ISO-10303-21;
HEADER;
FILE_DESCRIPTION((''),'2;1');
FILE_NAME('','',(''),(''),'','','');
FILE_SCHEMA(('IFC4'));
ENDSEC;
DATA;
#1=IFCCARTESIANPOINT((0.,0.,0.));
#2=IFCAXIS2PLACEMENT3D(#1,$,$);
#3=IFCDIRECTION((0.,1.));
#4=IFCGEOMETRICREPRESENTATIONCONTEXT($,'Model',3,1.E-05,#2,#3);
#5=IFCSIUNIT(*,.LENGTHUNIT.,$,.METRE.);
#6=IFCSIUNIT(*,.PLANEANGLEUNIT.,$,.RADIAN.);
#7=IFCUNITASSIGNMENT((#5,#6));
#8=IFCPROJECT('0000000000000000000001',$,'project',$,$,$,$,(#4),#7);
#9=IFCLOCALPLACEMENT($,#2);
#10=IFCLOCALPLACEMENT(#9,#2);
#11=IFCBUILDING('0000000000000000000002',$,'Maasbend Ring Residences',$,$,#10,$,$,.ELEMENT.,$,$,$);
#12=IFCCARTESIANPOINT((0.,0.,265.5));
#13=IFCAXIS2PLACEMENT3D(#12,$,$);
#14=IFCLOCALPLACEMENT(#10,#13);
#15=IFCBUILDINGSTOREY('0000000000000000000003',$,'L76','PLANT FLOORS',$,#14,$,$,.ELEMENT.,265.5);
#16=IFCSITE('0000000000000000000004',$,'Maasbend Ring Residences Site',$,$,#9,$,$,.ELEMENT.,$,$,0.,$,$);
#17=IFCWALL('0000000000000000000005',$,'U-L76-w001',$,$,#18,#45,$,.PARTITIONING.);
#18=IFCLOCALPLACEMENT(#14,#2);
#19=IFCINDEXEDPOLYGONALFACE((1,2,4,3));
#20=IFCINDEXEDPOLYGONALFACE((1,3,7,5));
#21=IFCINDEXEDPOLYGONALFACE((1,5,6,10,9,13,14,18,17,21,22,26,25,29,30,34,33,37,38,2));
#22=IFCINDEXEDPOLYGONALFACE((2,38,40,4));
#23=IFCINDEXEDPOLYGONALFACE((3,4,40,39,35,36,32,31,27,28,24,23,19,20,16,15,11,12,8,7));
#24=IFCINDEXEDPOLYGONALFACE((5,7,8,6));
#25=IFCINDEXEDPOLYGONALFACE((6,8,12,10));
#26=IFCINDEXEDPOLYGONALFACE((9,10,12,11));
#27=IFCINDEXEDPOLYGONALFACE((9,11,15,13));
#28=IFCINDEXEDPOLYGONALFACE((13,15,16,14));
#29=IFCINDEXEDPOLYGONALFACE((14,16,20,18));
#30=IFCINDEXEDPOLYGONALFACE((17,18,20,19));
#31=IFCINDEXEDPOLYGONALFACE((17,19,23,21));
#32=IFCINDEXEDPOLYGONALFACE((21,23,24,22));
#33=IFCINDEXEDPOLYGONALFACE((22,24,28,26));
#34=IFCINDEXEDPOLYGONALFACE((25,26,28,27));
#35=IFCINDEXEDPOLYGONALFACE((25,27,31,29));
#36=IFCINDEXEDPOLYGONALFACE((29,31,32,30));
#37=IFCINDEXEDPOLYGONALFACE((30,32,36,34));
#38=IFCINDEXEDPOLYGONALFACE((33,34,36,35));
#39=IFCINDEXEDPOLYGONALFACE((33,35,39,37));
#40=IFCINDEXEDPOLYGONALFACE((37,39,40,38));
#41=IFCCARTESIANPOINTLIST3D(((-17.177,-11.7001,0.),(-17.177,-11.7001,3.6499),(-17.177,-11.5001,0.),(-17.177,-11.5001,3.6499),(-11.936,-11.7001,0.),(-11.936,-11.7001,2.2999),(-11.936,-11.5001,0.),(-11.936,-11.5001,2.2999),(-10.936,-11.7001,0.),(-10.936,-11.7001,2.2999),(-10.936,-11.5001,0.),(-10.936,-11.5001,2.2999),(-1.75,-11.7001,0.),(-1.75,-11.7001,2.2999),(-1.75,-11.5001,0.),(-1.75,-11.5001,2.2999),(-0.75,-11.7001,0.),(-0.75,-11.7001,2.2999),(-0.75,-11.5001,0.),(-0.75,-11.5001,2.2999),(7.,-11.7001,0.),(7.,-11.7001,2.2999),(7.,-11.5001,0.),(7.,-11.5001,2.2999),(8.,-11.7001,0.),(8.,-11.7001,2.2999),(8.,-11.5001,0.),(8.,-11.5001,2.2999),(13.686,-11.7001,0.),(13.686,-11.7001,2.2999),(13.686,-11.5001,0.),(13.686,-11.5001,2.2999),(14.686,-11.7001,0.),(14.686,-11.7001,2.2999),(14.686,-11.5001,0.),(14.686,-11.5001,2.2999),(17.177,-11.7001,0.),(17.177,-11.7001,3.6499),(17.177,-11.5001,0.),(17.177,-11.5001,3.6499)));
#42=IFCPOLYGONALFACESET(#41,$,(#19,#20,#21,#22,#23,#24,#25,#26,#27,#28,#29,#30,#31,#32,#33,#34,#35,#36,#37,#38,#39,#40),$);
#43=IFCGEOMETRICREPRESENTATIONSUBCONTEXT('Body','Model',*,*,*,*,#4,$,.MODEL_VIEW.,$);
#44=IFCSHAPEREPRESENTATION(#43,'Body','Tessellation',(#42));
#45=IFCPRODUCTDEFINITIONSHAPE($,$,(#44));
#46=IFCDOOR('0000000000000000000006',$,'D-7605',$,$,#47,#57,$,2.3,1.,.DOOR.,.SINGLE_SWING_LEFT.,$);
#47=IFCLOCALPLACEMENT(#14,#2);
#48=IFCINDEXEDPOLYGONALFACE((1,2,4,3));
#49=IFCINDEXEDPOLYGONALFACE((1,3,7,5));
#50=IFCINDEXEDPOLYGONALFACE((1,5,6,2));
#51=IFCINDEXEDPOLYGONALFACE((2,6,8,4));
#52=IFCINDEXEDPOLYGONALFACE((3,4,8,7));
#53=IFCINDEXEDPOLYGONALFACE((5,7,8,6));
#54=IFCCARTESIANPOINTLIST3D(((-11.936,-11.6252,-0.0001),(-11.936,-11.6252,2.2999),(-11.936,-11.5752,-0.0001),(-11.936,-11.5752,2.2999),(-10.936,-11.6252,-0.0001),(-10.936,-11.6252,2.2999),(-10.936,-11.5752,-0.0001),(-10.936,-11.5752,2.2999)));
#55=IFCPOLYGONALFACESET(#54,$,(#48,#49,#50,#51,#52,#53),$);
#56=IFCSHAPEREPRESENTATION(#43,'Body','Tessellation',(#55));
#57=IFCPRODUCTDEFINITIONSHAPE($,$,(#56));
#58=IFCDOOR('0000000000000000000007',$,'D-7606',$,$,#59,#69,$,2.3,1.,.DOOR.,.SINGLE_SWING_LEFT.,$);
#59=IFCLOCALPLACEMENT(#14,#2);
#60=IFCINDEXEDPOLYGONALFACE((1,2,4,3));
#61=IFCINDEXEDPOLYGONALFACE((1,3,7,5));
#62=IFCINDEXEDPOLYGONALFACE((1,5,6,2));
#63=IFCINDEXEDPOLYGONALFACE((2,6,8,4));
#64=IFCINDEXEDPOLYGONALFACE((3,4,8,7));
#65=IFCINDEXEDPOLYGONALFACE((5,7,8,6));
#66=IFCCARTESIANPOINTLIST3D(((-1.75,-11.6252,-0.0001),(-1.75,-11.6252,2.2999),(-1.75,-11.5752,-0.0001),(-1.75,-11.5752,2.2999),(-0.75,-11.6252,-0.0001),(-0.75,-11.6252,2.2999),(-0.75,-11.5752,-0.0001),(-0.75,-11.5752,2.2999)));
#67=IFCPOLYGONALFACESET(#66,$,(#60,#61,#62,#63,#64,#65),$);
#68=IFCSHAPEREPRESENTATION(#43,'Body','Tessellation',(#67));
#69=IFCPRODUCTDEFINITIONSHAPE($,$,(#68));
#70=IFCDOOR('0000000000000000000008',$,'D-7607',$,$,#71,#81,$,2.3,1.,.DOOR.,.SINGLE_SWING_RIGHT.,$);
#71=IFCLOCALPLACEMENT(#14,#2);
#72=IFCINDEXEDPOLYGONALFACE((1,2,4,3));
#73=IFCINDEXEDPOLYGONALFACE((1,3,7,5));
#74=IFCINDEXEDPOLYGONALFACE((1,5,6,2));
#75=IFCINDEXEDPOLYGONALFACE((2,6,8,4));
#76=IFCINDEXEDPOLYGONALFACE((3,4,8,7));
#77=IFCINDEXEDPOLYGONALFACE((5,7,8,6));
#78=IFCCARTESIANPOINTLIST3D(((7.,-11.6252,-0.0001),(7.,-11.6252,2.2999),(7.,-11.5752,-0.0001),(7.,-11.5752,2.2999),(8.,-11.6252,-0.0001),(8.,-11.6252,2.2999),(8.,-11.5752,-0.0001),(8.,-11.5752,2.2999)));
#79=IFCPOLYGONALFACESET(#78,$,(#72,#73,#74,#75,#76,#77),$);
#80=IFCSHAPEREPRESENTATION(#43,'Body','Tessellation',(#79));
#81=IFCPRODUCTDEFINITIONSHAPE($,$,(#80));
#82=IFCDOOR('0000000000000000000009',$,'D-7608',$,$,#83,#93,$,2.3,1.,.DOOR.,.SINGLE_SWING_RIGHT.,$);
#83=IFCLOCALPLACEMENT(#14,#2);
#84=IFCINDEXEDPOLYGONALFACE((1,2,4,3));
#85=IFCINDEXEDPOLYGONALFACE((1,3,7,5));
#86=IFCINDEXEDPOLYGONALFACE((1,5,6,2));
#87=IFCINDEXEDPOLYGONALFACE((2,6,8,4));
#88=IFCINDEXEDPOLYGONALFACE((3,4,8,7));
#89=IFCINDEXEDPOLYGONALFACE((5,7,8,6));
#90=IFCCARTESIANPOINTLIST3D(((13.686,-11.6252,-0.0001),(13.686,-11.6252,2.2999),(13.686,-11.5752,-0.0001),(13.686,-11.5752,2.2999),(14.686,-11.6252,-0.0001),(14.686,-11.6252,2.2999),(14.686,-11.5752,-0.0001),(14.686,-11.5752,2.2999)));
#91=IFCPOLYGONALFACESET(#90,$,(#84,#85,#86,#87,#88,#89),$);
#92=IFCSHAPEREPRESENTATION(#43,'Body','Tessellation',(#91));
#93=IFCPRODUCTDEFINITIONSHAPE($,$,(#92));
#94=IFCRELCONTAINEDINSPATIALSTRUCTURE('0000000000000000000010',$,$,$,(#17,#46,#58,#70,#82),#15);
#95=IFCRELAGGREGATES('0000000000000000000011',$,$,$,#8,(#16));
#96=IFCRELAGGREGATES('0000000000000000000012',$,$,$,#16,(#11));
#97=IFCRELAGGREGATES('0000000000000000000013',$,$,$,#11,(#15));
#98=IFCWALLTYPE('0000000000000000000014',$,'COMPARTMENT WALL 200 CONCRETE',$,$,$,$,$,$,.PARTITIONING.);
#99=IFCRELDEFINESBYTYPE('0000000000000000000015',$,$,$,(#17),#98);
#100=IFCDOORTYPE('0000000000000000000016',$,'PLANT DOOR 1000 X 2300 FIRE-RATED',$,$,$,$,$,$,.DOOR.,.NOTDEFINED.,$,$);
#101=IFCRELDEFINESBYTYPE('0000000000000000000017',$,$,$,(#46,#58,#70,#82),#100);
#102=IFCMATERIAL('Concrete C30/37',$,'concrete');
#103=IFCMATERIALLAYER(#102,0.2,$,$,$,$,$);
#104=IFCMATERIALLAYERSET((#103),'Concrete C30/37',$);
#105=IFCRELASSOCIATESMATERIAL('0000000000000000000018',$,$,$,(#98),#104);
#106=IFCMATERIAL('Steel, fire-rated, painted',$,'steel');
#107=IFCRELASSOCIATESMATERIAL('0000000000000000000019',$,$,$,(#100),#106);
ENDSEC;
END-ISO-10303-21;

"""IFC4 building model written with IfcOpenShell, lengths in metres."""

from ifc_helpers import new_model, si_unit, direction, frame, frame_2d, origin, place, context, subcontext, project, spatial, rectangle, extrude, material, layer, layer_set, type_object, element, fill, save


model = new_model("IFC4")

# Units and contexts
model_context = context("Model", 3, precision=1e-05, world=origin(), true_north=direction((0.0, 1.0)))
body_context = subcontext(model_context, "Body", "Model", "MODEL_VIEW")
ifc_project = project(units=[si_unit("LENGTHUNIT", "METRE"), si_unit("PLANEANGLEUNIT", "RADIAN")], contexts=[model_context])

# Site, building, storey
site_placement = place(None, origin())
site = spatial("IfcSite", under=ifc_project, at=site_placement, Name="Maasbend Ring Residences Site", CompositionType="ELEMENT", RefElevation=0.0)
building_placement = place(site_placement, origin())
building = spatial("IfcBuilding", under=site, at=building_placement, Name="Maasbend Ring Residences", CompositionType="ELEMENT")
storey_placement = place(building_placement, frame((0.0, 0.0, 265.5)))
storey = spatial("IfcBuildingStorey", under=building, at=storey_placement, Name="L76", Description="PLANT FLOORS", CompositionType="ELEMENT", Elevation=265.5)

# Wall, openings, doors
ifc_material_1 = material(Name="Concrete C30/37", Category="concrete")
ifc_layer_1 = layer(ifc_material_1, 0.2)
ifc_layer_set_1 = layer_set([ifc_layer_1], Name="Concrete C30/37")
wall_type = type_object("IfcWallType", Name="COMPARTMENT WALL 200 CONCRETE", PredefinedType="PARTITIONING", material=ifc_layer_set_1)
wall_placement = place(storey_placement, frame((-17.177, -11.6001, 0.0), z_axis=(0.0, 0.0, 1.0), x_axis=(1.0, 0.0, 0.0)))
wall = element("IfcWall", 1, at=wall_placement, inside=storey, type_object=wall_type, Name="U-L76-w001", PredefinedType="PARTITIONING", context=body_context, shape_type="SweptSolid", body=[
    extrude(rectangle(XDim=34.354, YDim=0.2, at=frame_2d((17.177, 0.0))), origin(), (0.0, 0.0, 1.0), 3.6499),
])
opening_1_placement = place(wall_placement, frame((5.241, 0.0, 0.0)))
opening_1 = element("IfcOpeningElement", 2, at=opening_1_placement, cuts=wall, PredefinedType="OPENING", context=body_context, shape_type="SweptSolid", body=[
    extrude(rectangle(XDim=1.0, YDim=2.3, at=frame_2d((0.5, 1.1499))), frame((0.0, 0.1099, 0.0), z_axis=(0.0, -1.0, 0.0), x_axis=(1.0, 0.0, 0.0)), (0.0, 0.0, 1.0), 0.22),
])
opening_2_placement = place(wall_placement, frame((15.427, 0.0, 0.0)))
opening_2 = element("IfcOpeningElement", 3, at=opening_2_placement, cuts=wall, PredefinedType="OPENING", context=body_context, shape_type="SweptSolid", body=[
    extrude(rectangle(XDim=1.0, YDim=2.3, at=frame_2d((0.5, 1.1499))), frame((0.0, 0.1099, 0.0), z_axis=(0.0, -1.0, 0.0), x_axis=(1.0, 0.0, 0.0)), (0.0, 0.0, 1.0), 0.22),
])
opening_3_placement = place(wall_placement, frame((24.177, 0.0, 0.0)))
opening_3 = element("IfcOpeningElement", 4, at=opening_3_placement, cuts=wall, PredefinedType="OPENING", context=body_context, shape_type="SweptSolid", body=[
    extrude(rectangle(XDim=1.0, YDim=2.3, at=frame_2d((0.5, 1.1499))), frame((0.0, 0.1099, 0.0), z_axis=(0.0, -1.0, 0.0), x_axis=(1.0, 0.0, 0.0)), (0.0, 0.0, 1.0), 0.22),
])
opening_4_placement = place(wall_placement, frame((30.863, 0.0, 0.0)))
opening_4 = element("IfcOpeningElement", 5, at=opening_4_placement, cuts=wall, PredefinedType="OPENING", context=body_context, shape_type="SweptSolid", body=[
    extrude(rectangle(XDim=1.0, YDim=2.3, at=frame_2d((0.5, 1.1499))), frame((0.0, 0.1099, 0.0), z_axis=(0.0, -1.0, 0.0), x_axis=(1.0, 0.0, 0.0)), (0.0, 0.0, 1.0), 0.22),
])
ifc_material_2 = material(Name="Steel, fire-rated, painted", Category="steel")
door_type = type_object("IfcDoorType", Name="PLANT DOOR 1000 X 2300 FIRE-RATED", OperationType="NOTDEFINED", PredefinedType="DOOR", material=ifc_material_2)
door_1_placement = place(opening_1_placement, origin())
door_1 = element("IfcDoor", 6, at=door_1_placement, inside=storey, type_object=door_type, Name="D-7605", OperationType="SINGLE_SWING_LEFT", OverallHeight=2.3, OverallWidth=1.0, PredefinedType="DOOR", context=body_context, shape_type="SweptSolid", body=[
    extrude(rectangle(XDim=1.0, YDim=2.3, at=frame_2d((0.5, 1.1499))), frame((0.0, 0.0249, 0.0), z_axis=(0.0, -1.0, 0.0), x_axis=(1.0, 0.0, 0.0)), (0.0, 0.0, 1.0), 0.05),
])
fill(opening_1, door_1)
door_2_placement = place(opening_2_placement, origin())
door_2 = element("IfcDoor", 7, at=door_2_placement, inside=storey, type_object=door_type, Name="D-7606", OperationType="SINGLE_SWING_LEFT", OverallHeight=2.3, OverallWidth=1.0, PredefinedType="DOOR", context=body_context, shape_type="SweptSolid", body=[
    extrude(rectangle(XDim=1.0, YDim=2.3, at=frame_2d((0.5, 1.1499))), frame((0.0, 0.0249, 0.0), z_axis=(0.0, -1.0, 0.0), x_axis=(1.0, 0.0, 0.0)), (0.0, 0.0, 1.0), 0.05),
])
fill(opening_2, door_2)
door_3_placement = place(opening_3_placement, origin())
door_3 = element("IfcDoor", 8, at=door_3_placement, inside=storey, type_object=door_type, Name="D-7607", OperationType="SINGLE_SWING_RIGHT", OverallHeight=2.3, OverallWidth=1.0, PredefinedType="DOOR", context=body_context, shape_type="SweptSolid", body=[
    extrude(rectangle(XDim=1.0, YDim=2.3, at=frame_2d((0.5, 1.1499))), frame((0.0, 0.0249, 0.0), z_axis=(0.0, -1.0, 0.0), x_axis=(1.0, 0.0, 0.0)), (0.0, 0.0, 1.0), 0.05),
])
fill(opening_3, door_3)
door_4_placement = place(opening_4_placement, origin())
door_4 = element("IfcDoor", 9, at=door_4_placement, inside=storey, type_object=door_type, Name="D-7608", OperationType="SINGLE_SWING_RIGHT", OverallHeight=2.3, OverallWidth=1.0, PredefinedType="DOOR", context=body_context, shape_type="SweptSolid", body=[
    extrude(rectangle(XDim=1.0, YDim=2.3, at=frame_2d((0.5, 1.1499))), frame((0.0, 0.0249, 0.0), z_axis=(0.0, -1.0, 0.0), x_axis=(1.0, 0.0, 0.0)), (0.0, 0.0, 1.0), 0.05),
])
fill(opening_4, door_4)

save(model, "model.ifc")
